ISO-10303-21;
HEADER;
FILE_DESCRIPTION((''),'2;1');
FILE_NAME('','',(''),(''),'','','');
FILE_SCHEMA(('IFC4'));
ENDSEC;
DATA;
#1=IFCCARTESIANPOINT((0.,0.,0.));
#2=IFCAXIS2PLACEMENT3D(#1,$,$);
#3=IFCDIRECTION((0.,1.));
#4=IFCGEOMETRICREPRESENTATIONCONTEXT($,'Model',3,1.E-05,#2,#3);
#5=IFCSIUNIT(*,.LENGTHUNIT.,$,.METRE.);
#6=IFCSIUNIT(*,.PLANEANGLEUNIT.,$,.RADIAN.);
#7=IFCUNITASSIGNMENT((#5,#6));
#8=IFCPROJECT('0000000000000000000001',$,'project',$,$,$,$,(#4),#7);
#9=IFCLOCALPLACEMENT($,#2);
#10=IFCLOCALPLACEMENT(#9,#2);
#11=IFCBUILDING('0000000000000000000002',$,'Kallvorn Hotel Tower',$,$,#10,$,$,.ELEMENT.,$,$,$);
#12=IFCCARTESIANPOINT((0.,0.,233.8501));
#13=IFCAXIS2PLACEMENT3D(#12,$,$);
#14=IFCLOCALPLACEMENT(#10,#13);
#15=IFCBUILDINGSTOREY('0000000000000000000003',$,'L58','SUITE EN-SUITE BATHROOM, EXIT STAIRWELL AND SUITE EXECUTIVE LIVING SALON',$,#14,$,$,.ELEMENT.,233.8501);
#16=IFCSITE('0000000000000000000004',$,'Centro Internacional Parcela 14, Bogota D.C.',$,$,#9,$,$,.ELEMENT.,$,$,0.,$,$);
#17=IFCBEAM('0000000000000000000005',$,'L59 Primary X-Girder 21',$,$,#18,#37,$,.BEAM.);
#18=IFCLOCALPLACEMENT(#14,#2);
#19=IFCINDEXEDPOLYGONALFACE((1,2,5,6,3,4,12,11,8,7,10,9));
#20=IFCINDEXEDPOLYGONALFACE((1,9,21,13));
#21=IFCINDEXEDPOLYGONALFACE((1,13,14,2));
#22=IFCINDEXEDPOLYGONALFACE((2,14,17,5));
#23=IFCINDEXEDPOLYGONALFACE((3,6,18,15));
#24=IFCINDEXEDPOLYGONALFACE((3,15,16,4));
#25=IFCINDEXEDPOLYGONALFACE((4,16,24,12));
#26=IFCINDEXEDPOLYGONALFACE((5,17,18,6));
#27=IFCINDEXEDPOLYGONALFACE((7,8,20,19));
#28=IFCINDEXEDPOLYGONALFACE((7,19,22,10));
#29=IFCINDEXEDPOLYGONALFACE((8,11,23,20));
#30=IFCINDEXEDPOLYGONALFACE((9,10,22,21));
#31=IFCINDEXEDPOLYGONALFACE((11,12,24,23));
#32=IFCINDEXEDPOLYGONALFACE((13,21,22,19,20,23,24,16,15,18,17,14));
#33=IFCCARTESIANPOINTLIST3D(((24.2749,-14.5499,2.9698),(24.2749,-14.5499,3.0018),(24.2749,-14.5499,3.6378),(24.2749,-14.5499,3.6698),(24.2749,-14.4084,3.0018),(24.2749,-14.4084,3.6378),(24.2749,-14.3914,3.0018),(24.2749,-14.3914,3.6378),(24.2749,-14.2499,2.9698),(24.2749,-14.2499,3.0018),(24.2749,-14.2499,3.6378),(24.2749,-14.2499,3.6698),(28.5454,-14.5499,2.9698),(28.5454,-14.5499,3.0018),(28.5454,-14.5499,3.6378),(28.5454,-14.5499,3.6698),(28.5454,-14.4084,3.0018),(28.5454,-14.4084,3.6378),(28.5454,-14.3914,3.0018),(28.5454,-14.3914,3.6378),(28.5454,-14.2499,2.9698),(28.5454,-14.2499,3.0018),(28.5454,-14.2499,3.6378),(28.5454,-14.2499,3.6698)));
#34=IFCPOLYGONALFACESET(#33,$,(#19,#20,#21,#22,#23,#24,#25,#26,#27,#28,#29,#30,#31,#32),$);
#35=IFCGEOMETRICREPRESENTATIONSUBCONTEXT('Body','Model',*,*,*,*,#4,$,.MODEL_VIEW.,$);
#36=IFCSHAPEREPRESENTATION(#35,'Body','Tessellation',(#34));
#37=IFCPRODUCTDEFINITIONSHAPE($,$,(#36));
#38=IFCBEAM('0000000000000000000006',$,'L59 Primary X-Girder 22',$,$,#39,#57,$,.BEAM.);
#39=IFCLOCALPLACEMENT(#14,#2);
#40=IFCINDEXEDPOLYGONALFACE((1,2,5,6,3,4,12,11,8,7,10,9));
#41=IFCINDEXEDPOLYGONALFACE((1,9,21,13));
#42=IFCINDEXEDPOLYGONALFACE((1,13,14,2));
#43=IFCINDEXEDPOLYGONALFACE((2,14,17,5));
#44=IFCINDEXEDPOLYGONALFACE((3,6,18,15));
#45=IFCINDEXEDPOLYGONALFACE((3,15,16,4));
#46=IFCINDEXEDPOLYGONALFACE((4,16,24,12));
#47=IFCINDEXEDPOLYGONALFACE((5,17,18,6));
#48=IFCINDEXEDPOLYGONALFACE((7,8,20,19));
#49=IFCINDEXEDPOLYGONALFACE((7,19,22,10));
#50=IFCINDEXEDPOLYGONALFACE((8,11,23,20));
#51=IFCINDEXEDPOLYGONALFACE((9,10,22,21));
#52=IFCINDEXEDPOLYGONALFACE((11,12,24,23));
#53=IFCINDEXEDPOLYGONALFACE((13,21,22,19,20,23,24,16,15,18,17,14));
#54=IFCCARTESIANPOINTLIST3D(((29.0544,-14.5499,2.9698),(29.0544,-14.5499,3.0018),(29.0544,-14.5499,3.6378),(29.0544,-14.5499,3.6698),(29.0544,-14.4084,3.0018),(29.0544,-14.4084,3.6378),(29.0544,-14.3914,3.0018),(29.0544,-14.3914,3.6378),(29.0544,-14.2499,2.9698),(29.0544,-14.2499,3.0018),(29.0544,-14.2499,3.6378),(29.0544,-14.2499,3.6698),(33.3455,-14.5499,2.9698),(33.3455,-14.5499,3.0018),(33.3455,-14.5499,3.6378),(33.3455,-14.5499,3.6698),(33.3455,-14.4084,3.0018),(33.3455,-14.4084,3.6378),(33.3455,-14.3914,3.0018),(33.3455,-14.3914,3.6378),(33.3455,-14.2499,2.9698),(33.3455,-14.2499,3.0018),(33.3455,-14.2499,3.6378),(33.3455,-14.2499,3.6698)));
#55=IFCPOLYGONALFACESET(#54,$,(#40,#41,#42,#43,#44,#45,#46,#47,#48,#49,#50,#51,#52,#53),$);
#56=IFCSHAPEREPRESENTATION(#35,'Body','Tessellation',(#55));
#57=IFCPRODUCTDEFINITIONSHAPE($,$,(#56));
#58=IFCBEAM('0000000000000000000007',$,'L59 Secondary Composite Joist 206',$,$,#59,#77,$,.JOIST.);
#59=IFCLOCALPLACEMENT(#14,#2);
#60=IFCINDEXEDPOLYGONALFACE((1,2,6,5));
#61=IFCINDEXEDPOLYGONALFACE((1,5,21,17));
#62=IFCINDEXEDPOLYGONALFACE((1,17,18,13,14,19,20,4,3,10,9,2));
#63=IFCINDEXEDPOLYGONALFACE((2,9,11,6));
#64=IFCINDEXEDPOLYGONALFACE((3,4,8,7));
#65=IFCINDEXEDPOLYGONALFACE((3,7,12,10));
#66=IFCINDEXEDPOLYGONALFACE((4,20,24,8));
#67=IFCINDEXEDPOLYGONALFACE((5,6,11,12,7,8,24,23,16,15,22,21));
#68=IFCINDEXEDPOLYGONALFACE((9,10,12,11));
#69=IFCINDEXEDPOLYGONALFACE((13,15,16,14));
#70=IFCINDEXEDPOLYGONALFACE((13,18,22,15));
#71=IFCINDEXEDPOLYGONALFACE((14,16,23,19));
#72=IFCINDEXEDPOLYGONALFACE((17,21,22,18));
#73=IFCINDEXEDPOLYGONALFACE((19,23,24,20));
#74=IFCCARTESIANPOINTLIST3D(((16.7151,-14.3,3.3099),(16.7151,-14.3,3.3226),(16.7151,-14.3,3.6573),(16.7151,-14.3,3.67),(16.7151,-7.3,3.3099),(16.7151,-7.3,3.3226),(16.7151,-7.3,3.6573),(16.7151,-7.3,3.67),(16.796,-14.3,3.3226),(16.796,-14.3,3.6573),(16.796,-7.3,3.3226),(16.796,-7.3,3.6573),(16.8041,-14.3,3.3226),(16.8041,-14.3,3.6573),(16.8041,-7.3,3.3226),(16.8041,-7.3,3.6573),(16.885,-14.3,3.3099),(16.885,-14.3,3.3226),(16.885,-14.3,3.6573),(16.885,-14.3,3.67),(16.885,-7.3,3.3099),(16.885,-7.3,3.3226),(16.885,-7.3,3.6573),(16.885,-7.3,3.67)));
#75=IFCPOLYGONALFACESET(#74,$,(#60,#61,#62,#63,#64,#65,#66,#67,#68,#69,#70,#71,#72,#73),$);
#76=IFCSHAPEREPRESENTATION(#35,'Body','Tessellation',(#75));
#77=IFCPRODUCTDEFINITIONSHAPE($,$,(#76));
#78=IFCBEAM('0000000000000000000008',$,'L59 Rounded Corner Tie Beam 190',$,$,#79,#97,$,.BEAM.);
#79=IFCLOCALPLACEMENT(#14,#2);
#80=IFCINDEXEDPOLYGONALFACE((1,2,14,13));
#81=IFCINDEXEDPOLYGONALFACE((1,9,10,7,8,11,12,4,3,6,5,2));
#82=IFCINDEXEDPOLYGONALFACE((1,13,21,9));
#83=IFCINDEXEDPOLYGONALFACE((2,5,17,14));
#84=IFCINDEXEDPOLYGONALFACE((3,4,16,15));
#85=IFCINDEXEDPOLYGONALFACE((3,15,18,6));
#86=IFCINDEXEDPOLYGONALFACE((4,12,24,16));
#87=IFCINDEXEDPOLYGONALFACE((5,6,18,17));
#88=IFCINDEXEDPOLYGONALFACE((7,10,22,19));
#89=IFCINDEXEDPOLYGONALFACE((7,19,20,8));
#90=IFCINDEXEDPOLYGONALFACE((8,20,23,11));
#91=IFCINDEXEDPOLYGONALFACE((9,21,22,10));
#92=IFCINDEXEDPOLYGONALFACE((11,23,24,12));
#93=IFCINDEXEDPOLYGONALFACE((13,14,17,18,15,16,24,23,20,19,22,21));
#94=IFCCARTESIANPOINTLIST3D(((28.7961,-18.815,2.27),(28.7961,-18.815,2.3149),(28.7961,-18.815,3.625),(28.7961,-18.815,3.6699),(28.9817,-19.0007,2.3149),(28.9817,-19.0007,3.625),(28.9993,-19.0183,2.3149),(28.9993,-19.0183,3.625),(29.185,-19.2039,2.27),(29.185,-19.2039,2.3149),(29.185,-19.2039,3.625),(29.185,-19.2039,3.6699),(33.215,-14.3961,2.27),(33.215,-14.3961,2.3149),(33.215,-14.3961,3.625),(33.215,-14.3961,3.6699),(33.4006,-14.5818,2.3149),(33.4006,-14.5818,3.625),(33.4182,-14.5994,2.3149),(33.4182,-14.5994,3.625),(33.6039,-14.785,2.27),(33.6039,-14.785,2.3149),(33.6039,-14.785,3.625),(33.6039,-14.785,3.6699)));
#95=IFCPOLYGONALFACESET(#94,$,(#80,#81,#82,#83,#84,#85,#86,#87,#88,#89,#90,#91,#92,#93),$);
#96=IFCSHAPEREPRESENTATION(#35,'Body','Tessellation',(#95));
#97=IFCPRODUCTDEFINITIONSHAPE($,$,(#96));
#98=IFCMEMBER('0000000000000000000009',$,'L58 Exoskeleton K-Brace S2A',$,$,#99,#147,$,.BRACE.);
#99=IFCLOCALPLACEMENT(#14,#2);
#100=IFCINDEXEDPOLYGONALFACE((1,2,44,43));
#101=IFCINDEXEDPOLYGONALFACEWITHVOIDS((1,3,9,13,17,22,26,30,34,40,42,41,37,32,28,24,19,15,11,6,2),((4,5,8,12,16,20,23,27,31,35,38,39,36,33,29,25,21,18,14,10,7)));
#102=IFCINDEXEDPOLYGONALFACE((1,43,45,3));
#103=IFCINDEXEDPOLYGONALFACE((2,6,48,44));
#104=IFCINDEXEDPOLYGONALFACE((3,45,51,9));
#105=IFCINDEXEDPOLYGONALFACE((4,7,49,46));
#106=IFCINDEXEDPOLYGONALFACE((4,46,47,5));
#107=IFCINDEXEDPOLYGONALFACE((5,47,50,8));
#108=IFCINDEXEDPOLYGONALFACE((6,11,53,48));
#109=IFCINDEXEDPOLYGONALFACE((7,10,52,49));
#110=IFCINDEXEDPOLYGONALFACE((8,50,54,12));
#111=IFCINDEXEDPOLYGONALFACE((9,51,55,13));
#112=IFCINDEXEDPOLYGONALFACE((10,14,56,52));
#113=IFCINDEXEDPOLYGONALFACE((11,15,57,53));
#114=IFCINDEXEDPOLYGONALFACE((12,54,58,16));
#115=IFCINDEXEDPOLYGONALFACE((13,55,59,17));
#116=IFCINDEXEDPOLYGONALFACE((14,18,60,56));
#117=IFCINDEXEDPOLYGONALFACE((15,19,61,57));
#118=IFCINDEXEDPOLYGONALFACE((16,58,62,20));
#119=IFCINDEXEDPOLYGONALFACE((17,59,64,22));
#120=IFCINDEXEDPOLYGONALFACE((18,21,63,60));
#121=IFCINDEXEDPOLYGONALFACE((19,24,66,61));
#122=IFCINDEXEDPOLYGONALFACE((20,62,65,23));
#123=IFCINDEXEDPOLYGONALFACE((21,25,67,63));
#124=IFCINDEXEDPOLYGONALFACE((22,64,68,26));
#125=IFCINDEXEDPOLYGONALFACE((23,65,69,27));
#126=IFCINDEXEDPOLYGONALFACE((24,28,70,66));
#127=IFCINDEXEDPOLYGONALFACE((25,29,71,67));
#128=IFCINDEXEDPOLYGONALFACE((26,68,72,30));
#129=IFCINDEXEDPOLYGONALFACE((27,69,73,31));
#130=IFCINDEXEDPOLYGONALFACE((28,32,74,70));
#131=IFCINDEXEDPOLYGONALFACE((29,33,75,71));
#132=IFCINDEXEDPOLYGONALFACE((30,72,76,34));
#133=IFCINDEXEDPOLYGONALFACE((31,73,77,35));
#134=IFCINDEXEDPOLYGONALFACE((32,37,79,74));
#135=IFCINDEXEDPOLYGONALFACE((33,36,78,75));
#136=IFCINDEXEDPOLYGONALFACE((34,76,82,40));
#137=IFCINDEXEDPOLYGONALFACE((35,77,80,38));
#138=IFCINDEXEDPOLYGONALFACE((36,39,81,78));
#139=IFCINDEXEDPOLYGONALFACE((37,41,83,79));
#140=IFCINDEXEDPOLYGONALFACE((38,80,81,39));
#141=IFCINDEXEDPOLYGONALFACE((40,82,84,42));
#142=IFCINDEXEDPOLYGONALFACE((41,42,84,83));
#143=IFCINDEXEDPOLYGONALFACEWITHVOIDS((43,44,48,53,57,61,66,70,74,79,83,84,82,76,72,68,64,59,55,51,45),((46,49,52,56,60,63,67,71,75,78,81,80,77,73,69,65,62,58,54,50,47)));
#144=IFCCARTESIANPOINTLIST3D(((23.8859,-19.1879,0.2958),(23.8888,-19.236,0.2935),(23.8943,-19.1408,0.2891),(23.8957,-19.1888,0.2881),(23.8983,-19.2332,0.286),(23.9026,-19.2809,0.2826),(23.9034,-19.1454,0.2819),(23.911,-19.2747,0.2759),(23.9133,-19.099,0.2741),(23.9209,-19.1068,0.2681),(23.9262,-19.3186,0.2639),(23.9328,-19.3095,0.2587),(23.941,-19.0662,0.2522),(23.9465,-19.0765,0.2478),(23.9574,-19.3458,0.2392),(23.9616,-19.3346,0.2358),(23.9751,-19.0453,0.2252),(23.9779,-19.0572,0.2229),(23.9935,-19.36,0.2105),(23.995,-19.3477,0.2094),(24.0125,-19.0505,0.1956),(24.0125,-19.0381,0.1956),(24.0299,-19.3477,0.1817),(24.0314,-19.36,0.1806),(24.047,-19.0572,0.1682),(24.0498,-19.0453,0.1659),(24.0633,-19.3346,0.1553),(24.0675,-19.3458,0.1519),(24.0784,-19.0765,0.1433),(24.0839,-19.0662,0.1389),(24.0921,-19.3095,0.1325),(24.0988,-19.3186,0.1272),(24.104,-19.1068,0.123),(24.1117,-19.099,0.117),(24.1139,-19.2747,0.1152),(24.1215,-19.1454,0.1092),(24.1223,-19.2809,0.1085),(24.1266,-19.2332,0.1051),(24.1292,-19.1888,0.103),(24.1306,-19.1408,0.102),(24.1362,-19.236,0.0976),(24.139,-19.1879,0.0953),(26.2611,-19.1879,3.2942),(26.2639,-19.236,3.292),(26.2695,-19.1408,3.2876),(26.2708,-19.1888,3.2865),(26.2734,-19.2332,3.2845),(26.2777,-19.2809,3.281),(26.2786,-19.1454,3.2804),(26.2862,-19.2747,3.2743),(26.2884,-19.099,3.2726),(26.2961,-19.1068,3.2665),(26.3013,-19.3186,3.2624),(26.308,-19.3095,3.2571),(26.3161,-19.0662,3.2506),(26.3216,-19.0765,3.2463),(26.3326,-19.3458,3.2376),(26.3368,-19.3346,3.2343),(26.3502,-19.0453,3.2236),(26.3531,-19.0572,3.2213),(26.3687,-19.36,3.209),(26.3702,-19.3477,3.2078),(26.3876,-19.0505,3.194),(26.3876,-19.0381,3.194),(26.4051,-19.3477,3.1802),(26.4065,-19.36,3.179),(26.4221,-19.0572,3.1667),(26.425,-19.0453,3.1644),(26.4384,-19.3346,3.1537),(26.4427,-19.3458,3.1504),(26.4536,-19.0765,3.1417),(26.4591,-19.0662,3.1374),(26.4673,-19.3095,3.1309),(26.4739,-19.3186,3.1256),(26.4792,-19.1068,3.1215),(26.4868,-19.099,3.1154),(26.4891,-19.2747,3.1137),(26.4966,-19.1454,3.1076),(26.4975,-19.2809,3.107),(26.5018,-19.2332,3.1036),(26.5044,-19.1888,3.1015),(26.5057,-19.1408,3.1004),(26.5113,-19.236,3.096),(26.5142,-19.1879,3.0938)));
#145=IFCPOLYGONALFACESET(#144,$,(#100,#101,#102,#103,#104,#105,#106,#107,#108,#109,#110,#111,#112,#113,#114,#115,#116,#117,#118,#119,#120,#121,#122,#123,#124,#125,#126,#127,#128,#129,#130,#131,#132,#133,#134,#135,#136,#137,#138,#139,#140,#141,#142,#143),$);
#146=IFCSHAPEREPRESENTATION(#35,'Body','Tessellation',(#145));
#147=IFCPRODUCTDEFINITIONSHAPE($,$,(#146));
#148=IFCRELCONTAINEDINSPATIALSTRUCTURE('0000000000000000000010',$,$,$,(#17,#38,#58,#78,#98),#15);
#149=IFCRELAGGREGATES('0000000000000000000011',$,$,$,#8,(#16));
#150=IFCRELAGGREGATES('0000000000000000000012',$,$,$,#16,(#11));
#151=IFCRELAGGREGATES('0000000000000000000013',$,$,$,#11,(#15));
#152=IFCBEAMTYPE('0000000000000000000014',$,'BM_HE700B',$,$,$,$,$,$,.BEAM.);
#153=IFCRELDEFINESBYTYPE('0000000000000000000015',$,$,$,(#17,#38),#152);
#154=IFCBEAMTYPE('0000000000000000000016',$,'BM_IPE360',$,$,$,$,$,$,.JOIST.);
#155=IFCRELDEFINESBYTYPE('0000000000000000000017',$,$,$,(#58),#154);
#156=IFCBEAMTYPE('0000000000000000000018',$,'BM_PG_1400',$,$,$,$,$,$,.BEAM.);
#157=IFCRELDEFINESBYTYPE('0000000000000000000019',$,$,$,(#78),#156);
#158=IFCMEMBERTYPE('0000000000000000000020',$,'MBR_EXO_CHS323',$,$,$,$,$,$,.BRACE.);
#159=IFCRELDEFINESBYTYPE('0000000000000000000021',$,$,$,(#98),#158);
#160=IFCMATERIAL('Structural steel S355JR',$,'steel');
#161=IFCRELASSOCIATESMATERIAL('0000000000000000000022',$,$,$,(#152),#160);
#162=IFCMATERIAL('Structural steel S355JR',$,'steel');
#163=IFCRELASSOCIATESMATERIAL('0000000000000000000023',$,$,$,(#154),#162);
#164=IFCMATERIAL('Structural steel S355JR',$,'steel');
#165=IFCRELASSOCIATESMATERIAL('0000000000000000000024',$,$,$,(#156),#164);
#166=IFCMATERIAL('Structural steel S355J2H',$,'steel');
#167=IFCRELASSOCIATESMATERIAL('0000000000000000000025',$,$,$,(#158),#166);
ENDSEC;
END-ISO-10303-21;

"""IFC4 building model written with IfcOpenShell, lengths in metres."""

from ifc_helpers import new_model, si_unit, direction, frame, origin, origin_2d, place, context, subcontext, project, spatial, hollow_circle, i_section, extrude, material, material_profile, profile_set, type_object, element, save


model = new_model("IFC4")

# Units and contexts
model_context = context("Model", 3, precision=1e-05, world=origin(), true_north=direction((0.0, 1.0)))
body_context = subcontext(model_context, "Body", "Model", "MODEL_VIEW")
ifc_project = project(units=[si_unit("LENGTHUNIT", "METRE"), si_unit("PLANEANGLEUNIT", "RADIAN")], contexts=[model_context])

# Site, building, storey
site_placement = place(None, origin())
site = spatial("IfcSite", under=ifc_project, at=site_placement, Name="Centro Internacional Parcela 14, Bogota D.C.", CompositionType="ELEMENT", RefElevation=0.0)
building_placement = place(site_placement, origin())
building = spatial("IfcBuilding", under=site, at=building_placement, Name="Kallvorn Hotel Tower", CompositionType="ELEMENT")
storey_placement = place(building_placement, frame((0.0, 0.0, 233.8501)))
storey = spatial("IfcBuildingStorey", under=building, at=storey_placement, Name="L58", Description="SUITE EN-SUITE BATHROOM, EXIT STAIRWELL AND SUITE EXECUTIVE LIVING SALON", CompositionType="ELEMENT", Elevation=233.8501)

# Beams
ifc_material_1 = material(Name="Structural steel S355JR", Category="steel")
ifc_material_profile_1 = material_profile(ifc_material_1, i_section(OverallWidth=0.3, OverallDepth=0.7, WebThickness=0.0171, FlangeThickness=0.032, at=origin_2d()), Name="HE 700 B")
ifc_profile_set_1 = profile_set([ifc_material_profile_1], Name="Structural steel S355JR")
beam_type_1 = type_object("IfcBeamType", Name="BM_HE700B", PredefinedType="BEAM", material=ifc_profile_set_1)
for number, where, z_axis, x_axis, name in (
    (1, (24.2749, -14.3999, 3.3198), (1.0, 0.0, 0.0), (0.0, 1.0, 0.0), "L59 Primary X-Girder 21"),
):
    element("IfcBeam", number, at=place(storey_placement, frame(where, z_axis=z_axis, x_axis=x_axis)), inside=storey, type_object=beam_type_1, Name=name, PredefinedType="BEAM", context=body_context, shape_type="SweptSolid", body=[
        extrude(i_section(OverallWidth=0.3, OverallDepth=0.7, WebThickness=0.0171, FlangeThickness=0.032, at=origin_2d()), origin(), (0.0, 0.0, 1.0), 4.2705),
    ])
beam_1_placement = place(storey_placement, frame((29.0544, -14.3999, 3.3198), z_axis=(1.0, 0.0, 0.0), x_axis=(0.0, 1.0, 0.0)))
element("IfcBeam", 2, at=beam_1_placement, inside=storey, type_object=beam_type_1, Name="L59 Primary X-Girder 22", PredefinedType="BEAM", context=body_context, shape_type="SweptSolid", body=[
    extrude(i_section(OverallWidth=0.3, OverallDepth=0.7, WebThickness=0.0171, FlangeThickness=0.032, at=origin_2d()), origin(), (0.0, 0.0, 1.0), 4.291),
])
ifc_material_2 = material(Name="Structural steel S355JR", Category="steel")
ifc_material_profile_2 = material_profile(ifc_material_2, i_section(OverallWidth=0.1699, OverallDepth=0.3601, WebThickness=0.0081, FlangeThickness=0.0127, at=origin_2d()), Name="IPE 360")
ifc_profile_set_2 = profile_set([ifc_material_profile_2], Name="Structural steel S355JR")
beam_type_2 = type_object("IfcBeamType", Name="BM_IPE360", PredefinedType="JOIST", material=ifc_profile_set_2)
beam_2_placement = place(storey_placement, frame((16.8, -14.3, 3.49), z_axis=(0.0, 1.0, 0.0), x_axis=(-1.0, 0.0, 0.0)))
element("IfcBeam", 3, at=beam_2_placement, inside=storey, type_object=beam_type_2, Name="L59 Secondary Composite Joist 206", PredefinedType="JOIST", context=body_context, shape_type="SweptSolid", body=[
    extrude(i_section(OverallWidth=0.1699, OverallDepth=0.3601, WebThickness=0.0081, FlangeThickness=0.0127, at=origin_2d()), origin(), (0.0, 0.0, 1.0), 7.0),
])
ifc_material_3 = material(Name="Structural steel S355JR", Category="steel")
ifc_material_profile_3 = material_profile(ifc_material_3, i_section(OverallWidth=0.55, OverallDepth=1.3999, WebThickness=0.0249, FlangeThickness=0.0449, at=origin_2d()), Name="PG 1400x550x25x45")
ifc_profile_set_3 = profile_set([ifc_material_profile_3], Name="Structural steel S355JR")
beam_type_3 = type_object("IfcBeamType", Name="BM_PG_1400", PredefinedType="BEAM", material=ifc_profile_set_3)
beam_3_placement = place(storey_placement, frame((33.4094, -14.5906, 2.97), z_axis=(-0.707107, -0.707107, 0.0), x_axis=(0.707107, -0.707107, 0.0)))
element("IfcBeam", 4, at=beam_3_placement, inside=storey, type_object=beam_type_3, Name="L59 Rounded Corner Tie Beam 190", PredefinedType="BEAM", context=body_context, shape_type="SweptSolid", body=[
    extrude(i_section(OverallWidth=0.55, OverallDepth=1.3999, WebThickness=0.0249, FlangeThickness=0.0449, at=origin_2d()), origin(), (0.0, 0.0, 1.0), 6.2493),
])

# Member
ifc_material_4 = material(Name="Structural steel S355J2H", Category="steel")
ifc_material_profile_4 = material_profile(ifc_material_4, hollow_circle(Radius=0.1619, WallThickness=0.0125, at=origin_2d()), Name="CHS 323.9x12.5")
ifc_profile_set_4 = profile_set([ifc_material_profile_4], Name="Structural steel S355J2H")
member_type = type_object("IfcMemberType", Name="MBR_EXO_CHS323", PredefinedType="BRACE", material=ifc_profile_set_4)
for number, where, z_axis, x_axis, name in (
    (5, (24.0125, -19.2, 0.1956), (0.620929, 0.0, 0.783867), (0.0, 1.0, 0.0), "L58 Exoskeleton K-Brace S2A"),
):
    element("IfcMember", number, at=place(storey_placement, frame(where, z_axis=z_axis, x_axis=x_axis)), inside=storey, type_object=member_type, Name=name, PredefinedType="BRACE", context=body_context, shape_type="SweptSolid", body=[
        extrude(hollow_circle(Radius=0.1619, WallThickness=0.0125, at=origin_2d()), origin(), (0.0, 0.0, 1.0), 3.8252),
    ])

save(model, "model.ifc")
